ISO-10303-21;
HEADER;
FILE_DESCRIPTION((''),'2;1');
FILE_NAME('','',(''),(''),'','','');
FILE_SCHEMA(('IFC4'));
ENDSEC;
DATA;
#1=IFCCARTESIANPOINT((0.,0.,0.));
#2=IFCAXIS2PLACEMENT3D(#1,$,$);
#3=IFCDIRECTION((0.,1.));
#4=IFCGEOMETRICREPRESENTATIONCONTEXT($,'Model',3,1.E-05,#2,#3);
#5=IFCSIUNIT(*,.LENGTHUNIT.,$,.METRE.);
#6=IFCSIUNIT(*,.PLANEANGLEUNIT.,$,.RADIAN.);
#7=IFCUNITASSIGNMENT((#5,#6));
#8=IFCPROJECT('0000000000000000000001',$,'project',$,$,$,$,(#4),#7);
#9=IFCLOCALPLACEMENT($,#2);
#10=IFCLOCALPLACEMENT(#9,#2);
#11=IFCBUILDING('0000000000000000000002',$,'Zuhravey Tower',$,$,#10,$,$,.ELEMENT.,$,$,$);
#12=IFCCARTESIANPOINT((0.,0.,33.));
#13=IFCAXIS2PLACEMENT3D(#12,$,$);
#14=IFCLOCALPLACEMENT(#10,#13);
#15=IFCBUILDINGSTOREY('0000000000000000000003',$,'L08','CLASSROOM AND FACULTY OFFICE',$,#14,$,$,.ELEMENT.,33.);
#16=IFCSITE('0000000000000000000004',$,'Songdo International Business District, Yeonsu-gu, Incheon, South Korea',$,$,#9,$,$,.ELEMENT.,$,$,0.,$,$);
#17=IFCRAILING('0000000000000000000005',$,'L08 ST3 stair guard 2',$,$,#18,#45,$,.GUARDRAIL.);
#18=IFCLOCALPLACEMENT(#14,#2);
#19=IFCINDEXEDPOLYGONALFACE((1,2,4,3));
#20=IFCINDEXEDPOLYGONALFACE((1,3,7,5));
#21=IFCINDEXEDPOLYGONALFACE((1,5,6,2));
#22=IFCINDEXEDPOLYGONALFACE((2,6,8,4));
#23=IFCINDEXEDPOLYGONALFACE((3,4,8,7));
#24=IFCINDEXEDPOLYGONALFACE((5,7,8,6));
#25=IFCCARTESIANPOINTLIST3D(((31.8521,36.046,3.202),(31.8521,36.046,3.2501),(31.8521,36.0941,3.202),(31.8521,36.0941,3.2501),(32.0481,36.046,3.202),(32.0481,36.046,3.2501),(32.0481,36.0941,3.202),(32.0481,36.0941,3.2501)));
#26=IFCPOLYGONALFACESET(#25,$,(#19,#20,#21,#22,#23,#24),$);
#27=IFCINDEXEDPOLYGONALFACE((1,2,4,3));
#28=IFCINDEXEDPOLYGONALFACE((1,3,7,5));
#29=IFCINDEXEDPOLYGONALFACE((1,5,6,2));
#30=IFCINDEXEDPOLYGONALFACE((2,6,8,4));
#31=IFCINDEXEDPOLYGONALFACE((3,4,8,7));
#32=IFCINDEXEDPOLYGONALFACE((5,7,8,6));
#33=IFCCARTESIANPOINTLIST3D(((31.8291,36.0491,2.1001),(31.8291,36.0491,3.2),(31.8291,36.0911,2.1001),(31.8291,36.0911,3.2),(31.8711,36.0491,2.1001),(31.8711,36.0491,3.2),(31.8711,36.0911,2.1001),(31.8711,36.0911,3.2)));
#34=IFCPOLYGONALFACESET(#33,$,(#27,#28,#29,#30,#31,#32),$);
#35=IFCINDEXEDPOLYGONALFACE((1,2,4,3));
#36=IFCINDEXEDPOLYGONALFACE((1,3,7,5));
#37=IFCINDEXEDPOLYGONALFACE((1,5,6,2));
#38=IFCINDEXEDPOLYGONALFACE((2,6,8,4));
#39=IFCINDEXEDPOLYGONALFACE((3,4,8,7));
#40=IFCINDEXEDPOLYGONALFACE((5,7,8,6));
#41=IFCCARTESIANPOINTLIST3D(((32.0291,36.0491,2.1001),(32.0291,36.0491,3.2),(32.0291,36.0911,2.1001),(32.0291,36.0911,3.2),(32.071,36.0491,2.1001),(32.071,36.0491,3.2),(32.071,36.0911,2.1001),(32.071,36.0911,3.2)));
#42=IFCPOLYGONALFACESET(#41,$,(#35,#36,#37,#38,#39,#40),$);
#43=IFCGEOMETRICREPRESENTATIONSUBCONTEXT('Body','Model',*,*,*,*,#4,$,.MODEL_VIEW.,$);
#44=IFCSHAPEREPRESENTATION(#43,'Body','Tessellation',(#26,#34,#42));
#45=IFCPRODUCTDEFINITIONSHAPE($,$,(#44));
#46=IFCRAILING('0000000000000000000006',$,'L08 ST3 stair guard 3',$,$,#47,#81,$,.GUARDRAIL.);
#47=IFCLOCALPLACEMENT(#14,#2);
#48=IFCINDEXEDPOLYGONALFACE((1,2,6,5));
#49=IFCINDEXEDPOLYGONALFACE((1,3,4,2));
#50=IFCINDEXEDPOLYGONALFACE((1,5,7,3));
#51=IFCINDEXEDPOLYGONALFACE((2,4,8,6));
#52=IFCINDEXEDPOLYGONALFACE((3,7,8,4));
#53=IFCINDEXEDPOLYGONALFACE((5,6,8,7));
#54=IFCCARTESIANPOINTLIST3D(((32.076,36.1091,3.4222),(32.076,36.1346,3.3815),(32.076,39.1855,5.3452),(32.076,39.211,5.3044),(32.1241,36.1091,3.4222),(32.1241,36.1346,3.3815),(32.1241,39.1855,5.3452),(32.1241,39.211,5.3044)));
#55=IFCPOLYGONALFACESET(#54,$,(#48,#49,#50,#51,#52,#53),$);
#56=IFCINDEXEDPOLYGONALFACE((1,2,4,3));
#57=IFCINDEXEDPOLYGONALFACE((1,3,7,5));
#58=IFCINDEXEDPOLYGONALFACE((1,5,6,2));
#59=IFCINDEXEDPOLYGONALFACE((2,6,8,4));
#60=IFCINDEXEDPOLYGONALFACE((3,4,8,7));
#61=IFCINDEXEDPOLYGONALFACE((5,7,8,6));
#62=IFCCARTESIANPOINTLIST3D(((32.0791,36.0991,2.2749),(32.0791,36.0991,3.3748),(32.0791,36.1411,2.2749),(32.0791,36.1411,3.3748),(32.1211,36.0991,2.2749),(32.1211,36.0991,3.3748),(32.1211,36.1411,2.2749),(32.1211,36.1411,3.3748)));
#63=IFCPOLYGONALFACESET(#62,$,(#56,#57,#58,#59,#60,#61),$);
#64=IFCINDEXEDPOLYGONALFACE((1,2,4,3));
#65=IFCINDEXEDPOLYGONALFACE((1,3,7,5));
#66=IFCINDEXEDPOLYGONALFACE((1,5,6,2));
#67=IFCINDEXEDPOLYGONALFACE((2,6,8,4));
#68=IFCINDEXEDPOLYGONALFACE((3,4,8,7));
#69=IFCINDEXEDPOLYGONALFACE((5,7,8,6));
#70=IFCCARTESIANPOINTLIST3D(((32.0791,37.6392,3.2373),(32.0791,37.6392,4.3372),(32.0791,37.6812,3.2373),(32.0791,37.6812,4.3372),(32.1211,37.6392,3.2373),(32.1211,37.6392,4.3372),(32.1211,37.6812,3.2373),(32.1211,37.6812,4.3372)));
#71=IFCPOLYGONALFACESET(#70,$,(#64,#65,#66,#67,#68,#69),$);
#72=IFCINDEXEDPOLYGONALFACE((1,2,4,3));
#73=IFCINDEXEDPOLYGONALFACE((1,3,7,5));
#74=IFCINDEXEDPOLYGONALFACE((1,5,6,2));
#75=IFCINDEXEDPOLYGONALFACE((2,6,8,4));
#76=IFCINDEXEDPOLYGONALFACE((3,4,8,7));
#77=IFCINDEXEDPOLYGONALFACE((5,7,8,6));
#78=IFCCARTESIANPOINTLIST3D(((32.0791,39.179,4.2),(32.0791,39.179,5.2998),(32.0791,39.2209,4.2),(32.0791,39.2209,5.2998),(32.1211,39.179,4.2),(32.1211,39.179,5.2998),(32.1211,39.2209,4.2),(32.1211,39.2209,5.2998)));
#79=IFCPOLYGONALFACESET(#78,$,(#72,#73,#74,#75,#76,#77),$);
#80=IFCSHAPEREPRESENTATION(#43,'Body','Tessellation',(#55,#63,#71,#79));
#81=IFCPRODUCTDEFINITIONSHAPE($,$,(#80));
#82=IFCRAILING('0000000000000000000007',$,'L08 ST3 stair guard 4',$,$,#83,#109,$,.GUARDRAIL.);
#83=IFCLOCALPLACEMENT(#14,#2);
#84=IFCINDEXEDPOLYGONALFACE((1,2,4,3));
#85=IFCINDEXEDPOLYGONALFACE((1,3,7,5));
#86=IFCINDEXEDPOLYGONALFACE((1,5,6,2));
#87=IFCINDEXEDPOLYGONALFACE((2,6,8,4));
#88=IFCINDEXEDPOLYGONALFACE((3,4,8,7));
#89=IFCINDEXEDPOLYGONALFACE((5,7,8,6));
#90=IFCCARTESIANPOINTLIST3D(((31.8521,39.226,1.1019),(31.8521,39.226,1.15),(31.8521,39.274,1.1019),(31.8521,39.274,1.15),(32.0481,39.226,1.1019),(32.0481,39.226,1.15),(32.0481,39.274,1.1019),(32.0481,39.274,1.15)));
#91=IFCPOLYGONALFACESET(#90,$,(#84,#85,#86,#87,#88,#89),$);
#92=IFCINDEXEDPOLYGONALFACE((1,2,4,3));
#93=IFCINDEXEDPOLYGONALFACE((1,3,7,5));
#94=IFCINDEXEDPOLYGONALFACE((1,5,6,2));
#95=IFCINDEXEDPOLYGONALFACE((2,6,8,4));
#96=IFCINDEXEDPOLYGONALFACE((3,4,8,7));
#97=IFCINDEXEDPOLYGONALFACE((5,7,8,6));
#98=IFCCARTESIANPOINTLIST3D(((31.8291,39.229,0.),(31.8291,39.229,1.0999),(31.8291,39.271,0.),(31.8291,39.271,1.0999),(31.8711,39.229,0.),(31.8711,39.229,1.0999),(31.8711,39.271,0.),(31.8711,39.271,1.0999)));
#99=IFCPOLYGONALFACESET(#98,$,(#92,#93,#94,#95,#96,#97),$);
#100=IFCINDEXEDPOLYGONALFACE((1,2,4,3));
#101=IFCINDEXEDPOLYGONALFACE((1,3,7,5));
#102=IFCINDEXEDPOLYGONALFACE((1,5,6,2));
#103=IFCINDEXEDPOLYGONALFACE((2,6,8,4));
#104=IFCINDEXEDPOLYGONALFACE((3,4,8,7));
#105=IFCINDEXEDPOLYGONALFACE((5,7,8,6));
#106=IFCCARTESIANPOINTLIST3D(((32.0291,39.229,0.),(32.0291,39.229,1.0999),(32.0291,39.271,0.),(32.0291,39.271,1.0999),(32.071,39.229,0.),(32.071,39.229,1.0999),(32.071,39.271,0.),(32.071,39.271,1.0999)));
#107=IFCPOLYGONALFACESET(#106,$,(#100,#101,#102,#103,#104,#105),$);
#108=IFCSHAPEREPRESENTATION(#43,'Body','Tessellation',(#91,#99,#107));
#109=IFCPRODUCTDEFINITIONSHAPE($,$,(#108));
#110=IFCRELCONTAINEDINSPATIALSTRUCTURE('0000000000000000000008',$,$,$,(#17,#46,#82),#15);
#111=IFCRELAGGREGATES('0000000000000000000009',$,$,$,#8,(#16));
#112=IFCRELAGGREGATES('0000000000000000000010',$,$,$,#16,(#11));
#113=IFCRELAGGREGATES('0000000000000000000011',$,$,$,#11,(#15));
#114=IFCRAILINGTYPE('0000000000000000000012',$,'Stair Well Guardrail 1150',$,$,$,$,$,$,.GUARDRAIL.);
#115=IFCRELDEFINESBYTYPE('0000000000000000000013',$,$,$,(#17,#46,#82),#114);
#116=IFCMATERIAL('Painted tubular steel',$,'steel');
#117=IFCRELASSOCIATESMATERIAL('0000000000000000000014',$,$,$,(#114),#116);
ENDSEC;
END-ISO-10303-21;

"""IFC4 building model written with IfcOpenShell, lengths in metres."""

from ifc_helpers import new_model, si_unit, direction, frame, origin, origin_2d, place, context, subcontext, project, spatial, rectangle, extrude, material, type_object, element, save


model = new_model("IFC4")

# Units and contexts
model_context = context("Model", 3, precision=1e-05, world=origin(), true_north=direction((0.0, 1.0)))
body_context = subcontext(model_context, "Body", "Model", "MODEL_VIEW")
ifc_project = project(units=[si_unit("LENGTHUNIT", "METRE"), si_unit("PLANEANGLEUNIT", "RADIAN")], contexts=[model_context])

# Site, building, storey
site_placement = place(None, origin())
site = spatial("IfcSite", under=ifc_project, at=site_placement, Name="Songdo International Business District, Yeonsu-gu, Incheon, South Korea", CompositionType="ELEMENT", RefElevation=0.0)
building_placement = place(site_placement, origin())
building = spatial("IfcBuilding", under=site, at=building_placement, Name="Zuhravey Tower", CompositionType="ELEMENT")
storey_placement = place(building_placement, frame((0.0, 0.0, 33.0)))
storey = spatial("IfcBuildingStorey", under=building, at=storey_placement, Name="L08", Description="CLASSROOM AND FACULTY OFFICE", CompositionType="ELEMENT", Elevation=33.0)

# Railings
ifc_material_1 = material(Name="Painted tubular steel", Category="steel")
railing_type_1 = type_object("IfcRailingType", Name="Stair Well Guardrail 1150", PredefinedType="GUARDRAIL", material=ifc_material_1)
railing_1_placement = place(storey_placement, frame((31.8501, 36.0701, 2.1001)))
element("IfcRailing", 1, at=railing_1_placement, inside=storey, type_object=railing_type_1, Name="L08 ST3 stair guard 2", PredefinedType="GUARDRAIL", context=body_context, shape_type="SweptSolid", body=[
    extrude(rectangle(XDim=0.0481, YDim=0.0481, at=origin_2d()), frame((0.002, 0.0, 1.126), z_axis=(1.0, 0.0, 0.0), x_axis=(0.0, 1.0, 0.0)), (0.0, 0.0, 1.0), 0.196),
    extrude(rectangle(XDim=0.042, YDim=0.042, at=origin_2d()), origin(), (0.0, 0.0, 1.0), 1.0999),
    extrude(rectangle(XDim=0.042, YDim=0.042, at=origin_2d()), frame((0.2, 0.0, 0.0)), (0.0, 0.0, 1.0), 1.0999),
])
railing_2_placement = place(storey_placement, frame((32.1001, 36.1201, 2.2749)))
element("IfcRailing", 2, at=railing_2_placement, inside=storey, type_object=railing_type_1, Name="L08 ST3 stair guard 3", PredefinedType="GUARDRAIL", context=body_context, shape_type="SweptSolid", body=[
    extrude(rectangle(XDim=0.0481, YDim=0.0481, at=origin_2d()), frame((0.0, 0.0017, 1.127), z_axis=(0.0, 0.847979, 0.530029), x_axis=(-1.0, 0.0, 0.0)), (0.0, 0.0, 1.0), 3.6279),
    extrude(rectangle(XDim=0.042, YDim=0.042, at=origin_2d()), origin(), (0.0, 0.0, 1.0), 1.0999),
    extrude(rectangle(XDim=0.042, YDim=0.042, at=origin_2d()), frame((0.0, 1.54, 0.9624)), (0.0, 0.0, 1.0), 1.0999),
    extrude(rectangle(XDim=0.042, YDim=0.042, at=origin_2d()), frame((0.0, 3.0798, 1.925)), (0.0, 0.0, 1.0), 1.0999),
])
railing_3_placement = place(storey_placement, frame((31.8501, 39.25, 0.0)))
element("IfcRailing", 3, at=railing_3_placement, inside=storey, type_object=railing_type_1, Name="L08 ST3 stair guard 4", PredefinedType="GUARDRAIL", context=body_context, shape_type="SweptSolid", body=[
    extrude(rectangle(XDim=0.0481, YDim=0.0481, at=origin_2d()), frame((0.002, 0.0, 1.126), z_axis=(1.0, 0.0, 0.0), x_axis=(0.0, 1.0, 0.0)), (0.0, 0.0, 1.0), 0.196),
    extrude(rectangle(XDim=0.042, YDim=0.042, at=origin_2d()), origin(), (0.0, 0.0, 1.0), 1.0999),
    extrude(rectangle(XDim=0.042, YDim=0.042, at=origin_2d()), frame((0.2, 0.0, 0.0)), (0.0, 0.0, 1.0), 1.0999),
])

save(model, "model.ifc")
